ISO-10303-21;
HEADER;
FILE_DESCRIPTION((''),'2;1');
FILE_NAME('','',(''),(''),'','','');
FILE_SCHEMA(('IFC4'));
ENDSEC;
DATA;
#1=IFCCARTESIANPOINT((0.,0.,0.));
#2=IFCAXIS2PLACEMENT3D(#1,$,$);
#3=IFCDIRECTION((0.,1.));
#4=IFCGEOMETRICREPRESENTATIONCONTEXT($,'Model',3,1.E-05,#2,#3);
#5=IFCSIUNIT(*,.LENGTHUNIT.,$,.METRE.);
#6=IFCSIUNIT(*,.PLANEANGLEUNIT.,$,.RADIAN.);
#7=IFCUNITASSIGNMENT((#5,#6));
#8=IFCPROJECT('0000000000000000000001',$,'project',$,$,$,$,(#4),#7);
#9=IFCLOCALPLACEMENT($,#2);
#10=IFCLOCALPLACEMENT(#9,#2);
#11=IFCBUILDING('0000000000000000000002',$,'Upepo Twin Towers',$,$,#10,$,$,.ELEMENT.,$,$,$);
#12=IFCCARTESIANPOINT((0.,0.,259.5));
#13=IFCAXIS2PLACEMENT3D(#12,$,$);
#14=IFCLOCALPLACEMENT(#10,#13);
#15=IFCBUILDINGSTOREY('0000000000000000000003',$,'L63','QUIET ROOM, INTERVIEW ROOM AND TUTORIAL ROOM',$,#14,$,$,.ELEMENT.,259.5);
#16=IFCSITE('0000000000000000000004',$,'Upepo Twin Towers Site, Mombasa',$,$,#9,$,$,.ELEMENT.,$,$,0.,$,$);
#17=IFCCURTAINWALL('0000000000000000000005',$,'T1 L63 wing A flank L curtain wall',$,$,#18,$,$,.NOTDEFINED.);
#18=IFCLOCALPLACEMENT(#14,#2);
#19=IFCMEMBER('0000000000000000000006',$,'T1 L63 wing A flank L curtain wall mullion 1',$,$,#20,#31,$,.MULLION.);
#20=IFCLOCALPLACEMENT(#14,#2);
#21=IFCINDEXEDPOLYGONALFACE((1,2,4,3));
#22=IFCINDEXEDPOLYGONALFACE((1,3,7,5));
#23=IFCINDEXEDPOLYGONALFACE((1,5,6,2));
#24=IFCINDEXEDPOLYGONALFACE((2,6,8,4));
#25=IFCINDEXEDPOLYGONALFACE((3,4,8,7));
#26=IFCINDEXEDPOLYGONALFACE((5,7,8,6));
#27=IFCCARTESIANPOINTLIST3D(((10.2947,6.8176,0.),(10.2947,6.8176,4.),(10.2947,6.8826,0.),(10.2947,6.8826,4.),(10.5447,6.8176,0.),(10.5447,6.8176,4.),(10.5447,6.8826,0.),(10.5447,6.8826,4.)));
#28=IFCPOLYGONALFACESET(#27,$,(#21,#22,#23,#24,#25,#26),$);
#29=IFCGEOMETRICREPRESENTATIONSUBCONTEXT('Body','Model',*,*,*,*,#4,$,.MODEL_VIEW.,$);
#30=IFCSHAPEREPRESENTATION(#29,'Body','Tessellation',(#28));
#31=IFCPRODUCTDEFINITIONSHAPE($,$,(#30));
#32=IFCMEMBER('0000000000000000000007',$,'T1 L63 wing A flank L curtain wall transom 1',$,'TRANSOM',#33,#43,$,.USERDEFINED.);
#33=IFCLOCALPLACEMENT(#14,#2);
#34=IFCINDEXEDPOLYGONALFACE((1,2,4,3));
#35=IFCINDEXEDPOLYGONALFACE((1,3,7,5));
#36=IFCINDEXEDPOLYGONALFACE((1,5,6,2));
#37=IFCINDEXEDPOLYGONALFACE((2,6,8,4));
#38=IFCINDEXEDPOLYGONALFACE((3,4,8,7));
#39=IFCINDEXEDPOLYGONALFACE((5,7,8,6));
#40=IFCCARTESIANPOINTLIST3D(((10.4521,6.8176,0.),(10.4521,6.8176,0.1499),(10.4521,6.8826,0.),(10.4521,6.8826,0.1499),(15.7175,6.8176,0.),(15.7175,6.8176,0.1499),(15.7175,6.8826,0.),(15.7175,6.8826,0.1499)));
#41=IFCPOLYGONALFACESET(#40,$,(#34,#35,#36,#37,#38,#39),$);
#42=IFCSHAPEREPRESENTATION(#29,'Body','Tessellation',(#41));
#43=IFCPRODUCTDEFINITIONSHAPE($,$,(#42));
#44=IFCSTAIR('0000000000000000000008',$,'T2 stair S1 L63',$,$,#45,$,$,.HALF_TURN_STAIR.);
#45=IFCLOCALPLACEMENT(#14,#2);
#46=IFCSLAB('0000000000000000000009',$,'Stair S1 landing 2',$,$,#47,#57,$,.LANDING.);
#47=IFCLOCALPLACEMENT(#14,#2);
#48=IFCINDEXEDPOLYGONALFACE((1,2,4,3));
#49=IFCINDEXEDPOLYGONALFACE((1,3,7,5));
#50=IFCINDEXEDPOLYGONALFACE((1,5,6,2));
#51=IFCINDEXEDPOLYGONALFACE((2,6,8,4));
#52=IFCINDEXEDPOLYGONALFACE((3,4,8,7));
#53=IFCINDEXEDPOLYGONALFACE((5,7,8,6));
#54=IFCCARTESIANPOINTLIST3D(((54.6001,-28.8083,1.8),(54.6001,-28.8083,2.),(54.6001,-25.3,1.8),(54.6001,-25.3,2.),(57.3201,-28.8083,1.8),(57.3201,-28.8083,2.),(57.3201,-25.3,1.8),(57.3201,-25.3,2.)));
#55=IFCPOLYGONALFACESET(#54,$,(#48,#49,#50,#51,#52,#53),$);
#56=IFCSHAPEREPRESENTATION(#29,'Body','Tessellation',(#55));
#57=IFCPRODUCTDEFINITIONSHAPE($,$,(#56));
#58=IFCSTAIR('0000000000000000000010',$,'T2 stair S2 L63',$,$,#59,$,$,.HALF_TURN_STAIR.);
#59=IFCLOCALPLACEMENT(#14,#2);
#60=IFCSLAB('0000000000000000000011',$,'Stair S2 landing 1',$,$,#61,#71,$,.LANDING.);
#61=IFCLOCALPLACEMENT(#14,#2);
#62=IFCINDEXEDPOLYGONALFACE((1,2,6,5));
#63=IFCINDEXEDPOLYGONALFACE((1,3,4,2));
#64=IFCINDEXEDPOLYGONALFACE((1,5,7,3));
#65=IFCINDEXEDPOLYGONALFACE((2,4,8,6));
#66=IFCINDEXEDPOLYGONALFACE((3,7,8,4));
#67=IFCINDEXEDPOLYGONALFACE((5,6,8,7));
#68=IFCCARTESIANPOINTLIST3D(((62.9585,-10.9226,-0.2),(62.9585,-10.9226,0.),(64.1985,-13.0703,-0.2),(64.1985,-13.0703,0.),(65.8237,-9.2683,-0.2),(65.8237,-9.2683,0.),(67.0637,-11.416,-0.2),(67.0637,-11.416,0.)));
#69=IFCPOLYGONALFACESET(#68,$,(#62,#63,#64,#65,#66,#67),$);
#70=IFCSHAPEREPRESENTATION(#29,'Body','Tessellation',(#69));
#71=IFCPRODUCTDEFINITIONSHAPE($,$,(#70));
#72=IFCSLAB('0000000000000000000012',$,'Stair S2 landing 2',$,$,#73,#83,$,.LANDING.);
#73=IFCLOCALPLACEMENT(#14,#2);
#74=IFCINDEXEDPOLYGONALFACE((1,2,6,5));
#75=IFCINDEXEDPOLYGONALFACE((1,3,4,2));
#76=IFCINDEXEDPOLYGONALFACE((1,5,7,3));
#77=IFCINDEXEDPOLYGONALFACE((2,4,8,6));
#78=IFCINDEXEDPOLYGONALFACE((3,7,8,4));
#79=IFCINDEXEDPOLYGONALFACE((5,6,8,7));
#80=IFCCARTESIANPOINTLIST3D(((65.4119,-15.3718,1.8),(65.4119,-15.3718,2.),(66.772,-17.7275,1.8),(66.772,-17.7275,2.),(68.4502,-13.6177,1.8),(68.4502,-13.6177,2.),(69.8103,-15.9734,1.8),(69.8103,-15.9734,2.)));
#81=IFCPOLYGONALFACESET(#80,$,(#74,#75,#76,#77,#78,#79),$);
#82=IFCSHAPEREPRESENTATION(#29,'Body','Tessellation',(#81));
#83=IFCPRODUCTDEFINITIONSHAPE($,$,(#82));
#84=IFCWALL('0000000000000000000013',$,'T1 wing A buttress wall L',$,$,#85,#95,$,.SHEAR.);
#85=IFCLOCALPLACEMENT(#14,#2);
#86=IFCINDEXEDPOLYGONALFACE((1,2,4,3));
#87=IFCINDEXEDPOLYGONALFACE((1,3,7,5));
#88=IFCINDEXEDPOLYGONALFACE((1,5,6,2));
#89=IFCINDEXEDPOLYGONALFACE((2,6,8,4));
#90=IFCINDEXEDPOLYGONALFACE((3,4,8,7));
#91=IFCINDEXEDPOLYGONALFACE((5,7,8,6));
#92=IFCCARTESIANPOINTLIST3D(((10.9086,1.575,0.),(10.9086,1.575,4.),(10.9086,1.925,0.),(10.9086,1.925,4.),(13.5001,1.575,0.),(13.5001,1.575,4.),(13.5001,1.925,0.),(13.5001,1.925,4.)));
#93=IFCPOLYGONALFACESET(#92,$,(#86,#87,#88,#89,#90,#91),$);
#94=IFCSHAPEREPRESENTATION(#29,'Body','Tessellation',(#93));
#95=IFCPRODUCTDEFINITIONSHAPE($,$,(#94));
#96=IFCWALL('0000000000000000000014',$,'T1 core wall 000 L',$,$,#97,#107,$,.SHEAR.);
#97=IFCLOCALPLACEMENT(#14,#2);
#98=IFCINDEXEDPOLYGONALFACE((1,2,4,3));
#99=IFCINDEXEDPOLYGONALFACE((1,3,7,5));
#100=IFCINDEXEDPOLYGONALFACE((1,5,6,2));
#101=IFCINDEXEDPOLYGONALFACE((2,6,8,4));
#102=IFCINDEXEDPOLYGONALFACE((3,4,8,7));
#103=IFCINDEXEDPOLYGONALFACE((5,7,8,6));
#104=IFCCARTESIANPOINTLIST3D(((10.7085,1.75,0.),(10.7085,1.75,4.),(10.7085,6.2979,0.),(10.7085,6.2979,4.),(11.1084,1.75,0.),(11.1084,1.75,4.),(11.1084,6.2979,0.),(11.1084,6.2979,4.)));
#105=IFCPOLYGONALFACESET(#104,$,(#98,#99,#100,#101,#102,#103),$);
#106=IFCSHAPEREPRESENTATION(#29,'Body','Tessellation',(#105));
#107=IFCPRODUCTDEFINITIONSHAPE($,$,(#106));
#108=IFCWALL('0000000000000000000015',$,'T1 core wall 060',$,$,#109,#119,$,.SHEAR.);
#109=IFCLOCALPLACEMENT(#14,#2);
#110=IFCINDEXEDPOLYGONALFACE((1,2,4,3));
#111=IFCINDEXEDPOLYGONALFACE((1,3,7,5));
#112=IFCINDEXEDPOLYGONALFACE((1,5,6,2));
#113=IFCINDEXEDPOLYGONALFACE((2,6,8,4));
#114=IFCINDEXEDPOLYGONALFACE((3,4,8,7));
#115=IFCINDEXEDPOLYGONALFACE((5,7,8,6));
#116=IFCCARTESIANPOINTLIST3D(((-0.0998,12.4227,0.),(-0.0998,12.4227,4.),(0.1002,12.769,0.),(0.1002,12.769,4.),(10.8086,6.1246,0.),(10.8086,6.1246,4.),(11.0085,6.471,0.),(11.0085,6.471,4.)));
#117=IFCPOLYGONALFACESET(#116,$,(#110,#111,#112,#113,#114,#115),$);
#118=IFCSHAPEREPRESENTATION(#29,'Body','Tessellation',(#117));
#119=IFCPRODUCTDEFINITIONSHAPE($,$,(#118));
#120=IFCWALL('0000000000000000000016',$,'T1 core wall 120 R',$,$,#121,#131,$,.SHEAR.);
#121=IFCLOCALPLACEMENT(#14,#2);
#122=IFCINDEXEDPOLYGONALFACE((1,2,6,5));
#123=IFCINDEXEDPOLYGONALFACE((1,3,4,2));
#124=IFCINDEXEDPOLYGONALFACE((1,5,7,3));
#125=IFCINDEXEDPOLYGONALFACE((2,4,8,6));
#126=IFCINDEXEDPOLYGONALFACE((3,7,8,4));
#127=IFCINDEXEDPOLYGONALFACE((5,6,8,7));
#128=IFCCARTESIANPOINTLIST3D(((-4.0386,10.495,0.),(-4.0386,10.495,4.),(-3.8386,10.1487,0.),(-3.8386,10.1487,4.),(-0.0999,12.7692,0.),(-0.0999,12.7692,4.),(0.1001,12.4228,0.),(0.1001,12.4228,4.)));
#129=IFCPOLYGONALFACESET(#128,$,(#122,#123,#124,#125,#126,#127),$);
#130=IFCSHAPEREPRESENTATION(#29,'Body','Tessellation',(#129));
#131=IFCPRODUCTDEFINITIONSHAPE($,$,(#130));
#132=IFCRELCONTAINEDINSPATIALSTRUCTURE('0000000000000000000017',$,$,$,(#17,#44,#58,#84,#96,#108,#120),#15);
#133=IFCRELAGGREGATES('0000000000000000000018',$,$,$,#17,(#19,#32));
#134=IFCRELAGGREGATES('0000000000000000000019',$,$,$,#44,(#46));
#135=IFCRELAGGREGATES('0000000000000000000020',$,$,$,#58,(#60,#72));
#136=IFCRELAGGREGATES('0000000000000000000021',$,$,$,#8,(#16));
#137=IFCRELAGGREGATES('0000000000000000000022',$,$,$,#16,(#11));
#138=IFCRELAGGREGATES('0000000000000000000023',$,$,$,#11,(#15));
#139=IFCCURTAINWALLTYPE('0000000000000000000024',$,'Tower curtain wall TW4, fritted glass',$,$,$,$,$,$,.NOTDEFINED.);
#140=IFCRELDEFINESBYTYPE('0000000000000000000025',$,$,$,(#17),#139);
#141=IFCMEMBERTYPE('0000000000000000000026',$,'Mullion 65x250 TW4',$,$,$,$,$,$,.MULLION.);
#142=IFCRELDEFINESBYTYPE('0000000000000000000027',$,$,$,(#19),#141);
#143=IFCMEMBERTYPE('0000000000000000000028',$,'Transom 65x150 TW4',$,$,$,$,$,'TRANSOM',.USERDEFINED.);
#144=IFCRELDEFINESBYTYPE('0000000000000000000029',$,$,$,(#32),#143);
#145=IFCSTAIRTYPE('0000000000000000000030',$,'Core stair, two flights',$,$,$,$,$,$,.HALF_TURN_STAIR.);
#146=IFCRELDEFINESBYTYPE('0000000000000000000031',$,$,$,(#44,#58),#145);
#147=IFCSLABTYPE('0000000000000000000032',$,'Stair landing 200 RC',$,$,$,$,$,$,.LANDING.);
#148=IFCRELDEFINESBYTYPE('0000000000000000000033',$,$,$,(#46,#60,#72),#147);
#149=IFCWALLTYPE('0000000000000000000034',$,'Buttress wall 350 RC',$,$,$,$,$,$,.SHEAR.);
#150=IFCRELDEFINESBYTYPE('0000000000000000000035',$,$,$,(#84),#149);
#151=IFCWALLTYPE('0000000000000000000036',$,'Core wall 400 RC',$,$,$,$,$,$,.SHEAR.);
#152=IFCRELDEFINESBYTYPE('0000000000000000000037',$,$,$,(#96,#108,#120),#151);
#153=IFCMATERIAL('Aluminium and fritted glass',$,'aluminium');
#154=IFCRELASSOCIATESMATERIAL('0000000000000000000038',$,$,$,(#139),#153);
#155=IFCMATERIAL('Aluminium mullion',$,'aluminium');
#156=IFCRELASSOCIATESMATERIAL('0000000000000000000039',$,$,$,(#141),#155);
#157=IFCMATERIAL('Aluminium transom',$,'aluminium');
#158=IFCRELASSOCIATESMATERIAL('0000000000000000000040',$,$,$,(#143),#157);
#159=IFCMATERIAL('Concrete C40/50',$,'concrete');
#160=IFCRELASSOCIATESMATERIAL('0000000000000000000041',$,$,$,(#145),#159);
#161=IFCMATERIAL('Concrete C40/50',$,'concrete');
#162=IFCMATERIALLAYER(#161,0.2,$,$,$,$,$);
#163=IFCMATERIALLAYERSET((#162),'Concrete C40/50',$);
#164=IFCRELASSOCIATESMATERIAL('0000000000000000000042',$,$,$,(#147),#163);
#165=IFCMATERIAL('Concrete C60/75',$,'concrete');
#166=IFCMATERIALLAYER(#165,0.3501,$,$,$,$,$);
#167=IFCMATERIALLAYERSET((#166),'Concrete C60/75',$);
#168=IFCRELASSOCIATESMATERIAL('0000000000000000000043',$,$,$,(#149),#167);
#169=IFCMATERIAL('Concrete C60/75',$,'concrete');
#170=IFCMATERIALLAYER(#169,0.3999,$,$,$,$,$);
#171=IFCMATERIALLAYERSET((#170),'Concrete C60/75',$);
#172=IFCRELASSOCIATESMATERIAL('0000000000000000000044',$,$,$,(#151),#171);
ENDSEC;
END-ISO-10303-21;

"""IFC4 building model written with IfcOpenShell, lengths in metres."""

from ifc_helpers import new_model, si_unit, direction, frame, frame_2d, origin, origin_2d, place, context, subcontext, project, spatial, polyline, rectangle, outline, extrude, material, layer, layer_set, material_profile, profile_set, type_object, element, aggregate, save


model = new_model("IFC4")

# Units and contexts
model_context = context("Model", 3, precision=1e-05, world=origin(), true_north=direction((0.0, 1.0)))
body_context = subcontext(model_context, "Body", "Model", "MODEL_VIEW")
ifc_project = project(units=[si_unit("LENGTHUNIT", "METRE"), si_unit("PLANEANGLEUNIT", "RADIAN")], contexts=[model_context])

# Site, building, storey
site_placement = place(None, origin())
site = spatial("IfcSite", under=ifc_project, at=site_placement, Name="Upepo Twin Towers Site, Mombasa", CompositionType="ELEMENT", RefElevation=0.0)
building_placement = place(site_placement, origin())
building = spatial("IfcBuilding", under=site, at=building_placement, Name="Upepo Twin Towers", CompositionType="ELEMENT")
storey_placement = place(building_placement, frame((0.0, 0.0, 259.5)))
storey = spatial("IfcBuildingStorey", under=building, at=storey_placement, Name="L63", Description="QUIET ROOM, INTERVIEW ROOM AND TUTORIAL ROOM", CompositionType="ELEMENT", Elevation=259.5)

# Curtain wall, members
ifc_material_1 = material(Name="Aluminium and fritted glass", Category="aluminium")
curtain_wall_type = type_object("IfcCurtainWallType", Name="Tower curtain wall TW4, fritted glass", PredefinedType="NOTDEFINED", material=ifc_material_1)
curtain_wall_placement = place(storey_placement, origin())
curtain_wall = element("IfcCurtainWall", 1, at=curtain_wall_placement, inside=storey, type_object=curtain_wall_type, Name="T1 L63 wing A flank L curtain wall", PredefinedType="NOTDEFINED")
ifc_material_2 = material(Name="Aluminium mullion", Category="aluminium")
ifc_material_profile_1 = material_profile(ifc_material_2, rectangle(XDim=0.0649, YDim=0.25, at=origin_2d()), Name="MULLION 65x250")
ifc_profile_set_1 = profile_set([ifc_material_profile_1], Name="Aluminium mullion")
member_type_1 = type_object("IfcMemberType", Name="Mullion 65x250 TW4", PredefinedType="MULLION", material=ifc_profile_set_1)
member_1_placement = place(storey_placement, frame((10.4197, 6.8501, 0.0), z_axis=(0.0, 0.0, 1.0), x_axis=(0.0, 1.0, 0.0)))
member_1 = element("IfcMember", 2, at=member_1_placement, type_object=member_type_1, Name="T1 L63 wing A flank L curtain wall mullion 1", PredefinedType="MULLION", context=body_context, shape_type="SweptSolid", body=[
    extrude(rectangle(XDim=0.0649, YDim=0.25, at=origin_2d()), origin(), (0.0, 0.0, 1.0), 4.0),
])
ifc_material_3 = material(Name="Aluminium transom", Category="aluminium")
ifc_material_profile_2 = material_profile(ifc_material_3, rectangle(XDim=0.0649, YDim=0.1499, at=origin_2d()), Name="TRANSOM 65x150")
ifc_profile_set_2 = profile_set([ifc_material_profile_2], Name="Aluminium transom")
member_type_2 = type_object("IfcMemberType", Name="Transom 65x150 TW4", ElementType="TRANSOM", PredefinedType="USERDEFINED", material=ifc_profile_set_2)
member_2_placement = place(storey_placement, frame((10.4521, 6.8501, 0.075), z_axis=(1.0, 0.0, 0.0), x_axis=(0.0, 1.0, 0.0)))
member_2 = element("IfcMember", 3, at=member_2_placement, type_object=member_type_2, Name="T1 L63 wing A flank L curtain wall transom 1", ObjectType="TRANSOM", PredefinedType="USERDEFINED", context=body_context, shape_type="SweptSolid", body=[
    extrude(rectangle(XDim=0.0649, YDim=0.1499, at=origin_2d()), origin(), (0.0, 0.0, 1.0), 5.2654),
])
aggregate(curtain_wall, [member_1, member_2])

# Stair, slab
ifc_material_4 = material(Name="Concrete C40/50", Category="concrete")
stair_type = type_object("IfcStairType", Name="Core stair, two flights", PredefinedType="HALF_TURN_STAIR", material=ifc_material_4)
stair_1_placement = place(storey_placement, origin())
stair_1 = element("IfcStair", 4, at=stair_1_placement, inside=storey, type_object=stair_type, Name="T2 stair S1 L63", PredefinedType="HALF_TURN_STAIR")
ifc_material_5 = material(Name="Concrete C40/50", Category="concrete")
ifc_layer_1 = layer(ifc_material_5, 0.2)
ifc_layer_set_1 = layer_set([ifc_layer_1], Name="Concrete C40/50")
slab_type = type_object("IfcSlabType", Name="Stair landing 200 RC", PredefinedType="LANDING", material=ifc_layer_set_1)
slab_1_placement = place(storey_placement, frame((0.0, 0.0, 1.8)))
slab_1 = element("IfcSlab", 5, at=slab_1_placement, type_object=slab_type, Name="Stair S1 landing 2", PredefinedType="LANDING", context=body_context, shape_type="SweptSolid", body=[
    extrude(outline(polyline([(54.6001, -25.3), (54.6001, -28.8083), (57.3201, -28.8083), (57.3201, -25.3), (54.6001, -25.3)])), origin(), (0.0, 0.0, 1.0), 0.2),
])
aggregate(stair_1, [slab_1])

# Stair, slabs
stair_2_placement = place(storey_placement, origin())
stair_2 = element("IfcStair", 6, at=stair_2_placement, inside=storey, type_object=stair_type, Name="T2 stair S2 L63", PredefinedType="HALF_TURN_STAIR")
slab_2_placement = place(storey_placement, frame((0.0, 0.0, -0.2)))
slab_2 = element("IfcSlab", 7, at=slab_2_placement, type_object=slab_type, Name="Stair S2 landing 1", PredefinedType="LANDING", context=body_context, shape_type="SweptSolid", body=[
    extrude(outline(polyline([(64.1985, -13.0703), (67.0637, -11.416), (65.8237, -9.2683), (62.9585, -10.9226), (64.1985, -13.0703)])), origin(), (0.0, 0.0, 1.0), 0.2),
])
slab_3_placement = place(storey_placement, frame((0.0, 0.0, 1.8)))
slab_3 = element("IfcSlab", 8, at=slab_3_placement, type_object=slab_type, Name="Stair S2 landing 2", PredefinedType="LANDING", context=body_context, shape_type="SweptSolid", body=[
    extrude(outline(polyline([(66.772, -17.7275), (69.8103, -15.9734), (68.4502, -13.6177), (65.4119, -15.3718), (66.772, -17.7275)])), origin(), (0.0, 0.0, 1.0), 0.2),
])
aggregate(stair_2, [slab_2, slab_3])

# Walls
ifc_material_6 = material(Name="Concrete C60/75", Category="concrete")
ifc_layer_2 = layer(ifc_material_6, 0.3501)
ifc_layer_set_2 = layer_set([ifc_layer_2], Name="Concrete C60/75")
wall_type_1 = type_object("IfcWallType", Name="Buttress wall 350 RC", PredefinedType="SHEAR", material=ifc_layer_set_2)
wall_1_placement = place(storey_placement, frame((10.9084, 1.75, 0.0), z_axis=(0.0, 0.0, 1.0), x_axis=(1.0, 0.0, 0.0)))
element("IfcWall", 9, at=wall_1_placement, inside=storey, type_object=wall_type_1, Name="T1 wing A buttress wall L", PredefinedType="SHEAR", context=body_context, shape_type="SweptSolid", body=[
    extrude(rectangle(XDim=2.5916, YDim=0.3501, at=frame_2d((1.2959, 0.0))), origin(), (0.0, 0.0, 1.0), 4.0),
])
ifc_material_7 = material(Name="Concrete C60/75", Category="concrete")
ifc_layer_3 = layer(ifc_material_7, 0.3999)
ifc_layer_set_3 = layer_set([ifc_layer_3], Name="Concrete C60/75")
wall_type_2 = type_object("IfcWallType", Name="Core wall 400 RC", PredefinedType="SHEAR", material=ifc_layer_set_3)
wall_2_placement = place(storey_placement, frame((10.9084, 1.75, 0.0), z_axis=(0.0, 0.0, 1.0), x_axis=(0.0, 1.0, 0.0)))
element("IfcWall", 10, at=wall_2_placement, inside=storey, type_object=wall_type_2, Name="T1 core wall 000 L", PredefinedType="SHEAR", context=body_context, shape_type="SweptSolid", body=[
    extrude(rectangle(XDim=4.5479, YDim=0.3999, at=frame_2d((2.2739, 0.0))), origin(), (0.0, 0.0, 1.0), 4.0),
])
wall_3_placement = place(storey_placement, frame((10.9084, 6.2979, 0.0), z_axis=(0.0, 0.0, 1.0), x_axis=(-0.866022, 0.500006, 0.0)))
element("IfcWall", 11, at=wall_3_placement, inside=storey, type_object=wall_type_2, Name="T1 core wall 060", PredefinedType="SHEAR", context=body_context, shape_type="SweptSolid", body=[
    extrude(rectangle(XDim=12.5959, YDim=0.3999, at=frame_2d((6.2979, 0.0))), origin(), (0.0, 0.0, 1.0), 4.0),
])
wall_4_placement = place(storey_placement, frame((0.0, 12.5959, 0.0), z_axis=(0.0, 0.0, 1.0), x_axis=(-0.866011, -0.500024, 0.0)))
element("IfcWall", 12, at=wall_4_placement, inside=storey, type_object=wall_type_2, Name="T1 core wall 120 R", PredefinedType="SHEAR", context=body_context, shape_type="SweptSolid", body=[
    extrude(rectangle(XDim=4.5481, YDim=0.3999, at=frame_2d((2.2739, 0.0))), origin(), (0.0, 0.0, 1.0), 4.0),
])

save(model, "model.ifc")
